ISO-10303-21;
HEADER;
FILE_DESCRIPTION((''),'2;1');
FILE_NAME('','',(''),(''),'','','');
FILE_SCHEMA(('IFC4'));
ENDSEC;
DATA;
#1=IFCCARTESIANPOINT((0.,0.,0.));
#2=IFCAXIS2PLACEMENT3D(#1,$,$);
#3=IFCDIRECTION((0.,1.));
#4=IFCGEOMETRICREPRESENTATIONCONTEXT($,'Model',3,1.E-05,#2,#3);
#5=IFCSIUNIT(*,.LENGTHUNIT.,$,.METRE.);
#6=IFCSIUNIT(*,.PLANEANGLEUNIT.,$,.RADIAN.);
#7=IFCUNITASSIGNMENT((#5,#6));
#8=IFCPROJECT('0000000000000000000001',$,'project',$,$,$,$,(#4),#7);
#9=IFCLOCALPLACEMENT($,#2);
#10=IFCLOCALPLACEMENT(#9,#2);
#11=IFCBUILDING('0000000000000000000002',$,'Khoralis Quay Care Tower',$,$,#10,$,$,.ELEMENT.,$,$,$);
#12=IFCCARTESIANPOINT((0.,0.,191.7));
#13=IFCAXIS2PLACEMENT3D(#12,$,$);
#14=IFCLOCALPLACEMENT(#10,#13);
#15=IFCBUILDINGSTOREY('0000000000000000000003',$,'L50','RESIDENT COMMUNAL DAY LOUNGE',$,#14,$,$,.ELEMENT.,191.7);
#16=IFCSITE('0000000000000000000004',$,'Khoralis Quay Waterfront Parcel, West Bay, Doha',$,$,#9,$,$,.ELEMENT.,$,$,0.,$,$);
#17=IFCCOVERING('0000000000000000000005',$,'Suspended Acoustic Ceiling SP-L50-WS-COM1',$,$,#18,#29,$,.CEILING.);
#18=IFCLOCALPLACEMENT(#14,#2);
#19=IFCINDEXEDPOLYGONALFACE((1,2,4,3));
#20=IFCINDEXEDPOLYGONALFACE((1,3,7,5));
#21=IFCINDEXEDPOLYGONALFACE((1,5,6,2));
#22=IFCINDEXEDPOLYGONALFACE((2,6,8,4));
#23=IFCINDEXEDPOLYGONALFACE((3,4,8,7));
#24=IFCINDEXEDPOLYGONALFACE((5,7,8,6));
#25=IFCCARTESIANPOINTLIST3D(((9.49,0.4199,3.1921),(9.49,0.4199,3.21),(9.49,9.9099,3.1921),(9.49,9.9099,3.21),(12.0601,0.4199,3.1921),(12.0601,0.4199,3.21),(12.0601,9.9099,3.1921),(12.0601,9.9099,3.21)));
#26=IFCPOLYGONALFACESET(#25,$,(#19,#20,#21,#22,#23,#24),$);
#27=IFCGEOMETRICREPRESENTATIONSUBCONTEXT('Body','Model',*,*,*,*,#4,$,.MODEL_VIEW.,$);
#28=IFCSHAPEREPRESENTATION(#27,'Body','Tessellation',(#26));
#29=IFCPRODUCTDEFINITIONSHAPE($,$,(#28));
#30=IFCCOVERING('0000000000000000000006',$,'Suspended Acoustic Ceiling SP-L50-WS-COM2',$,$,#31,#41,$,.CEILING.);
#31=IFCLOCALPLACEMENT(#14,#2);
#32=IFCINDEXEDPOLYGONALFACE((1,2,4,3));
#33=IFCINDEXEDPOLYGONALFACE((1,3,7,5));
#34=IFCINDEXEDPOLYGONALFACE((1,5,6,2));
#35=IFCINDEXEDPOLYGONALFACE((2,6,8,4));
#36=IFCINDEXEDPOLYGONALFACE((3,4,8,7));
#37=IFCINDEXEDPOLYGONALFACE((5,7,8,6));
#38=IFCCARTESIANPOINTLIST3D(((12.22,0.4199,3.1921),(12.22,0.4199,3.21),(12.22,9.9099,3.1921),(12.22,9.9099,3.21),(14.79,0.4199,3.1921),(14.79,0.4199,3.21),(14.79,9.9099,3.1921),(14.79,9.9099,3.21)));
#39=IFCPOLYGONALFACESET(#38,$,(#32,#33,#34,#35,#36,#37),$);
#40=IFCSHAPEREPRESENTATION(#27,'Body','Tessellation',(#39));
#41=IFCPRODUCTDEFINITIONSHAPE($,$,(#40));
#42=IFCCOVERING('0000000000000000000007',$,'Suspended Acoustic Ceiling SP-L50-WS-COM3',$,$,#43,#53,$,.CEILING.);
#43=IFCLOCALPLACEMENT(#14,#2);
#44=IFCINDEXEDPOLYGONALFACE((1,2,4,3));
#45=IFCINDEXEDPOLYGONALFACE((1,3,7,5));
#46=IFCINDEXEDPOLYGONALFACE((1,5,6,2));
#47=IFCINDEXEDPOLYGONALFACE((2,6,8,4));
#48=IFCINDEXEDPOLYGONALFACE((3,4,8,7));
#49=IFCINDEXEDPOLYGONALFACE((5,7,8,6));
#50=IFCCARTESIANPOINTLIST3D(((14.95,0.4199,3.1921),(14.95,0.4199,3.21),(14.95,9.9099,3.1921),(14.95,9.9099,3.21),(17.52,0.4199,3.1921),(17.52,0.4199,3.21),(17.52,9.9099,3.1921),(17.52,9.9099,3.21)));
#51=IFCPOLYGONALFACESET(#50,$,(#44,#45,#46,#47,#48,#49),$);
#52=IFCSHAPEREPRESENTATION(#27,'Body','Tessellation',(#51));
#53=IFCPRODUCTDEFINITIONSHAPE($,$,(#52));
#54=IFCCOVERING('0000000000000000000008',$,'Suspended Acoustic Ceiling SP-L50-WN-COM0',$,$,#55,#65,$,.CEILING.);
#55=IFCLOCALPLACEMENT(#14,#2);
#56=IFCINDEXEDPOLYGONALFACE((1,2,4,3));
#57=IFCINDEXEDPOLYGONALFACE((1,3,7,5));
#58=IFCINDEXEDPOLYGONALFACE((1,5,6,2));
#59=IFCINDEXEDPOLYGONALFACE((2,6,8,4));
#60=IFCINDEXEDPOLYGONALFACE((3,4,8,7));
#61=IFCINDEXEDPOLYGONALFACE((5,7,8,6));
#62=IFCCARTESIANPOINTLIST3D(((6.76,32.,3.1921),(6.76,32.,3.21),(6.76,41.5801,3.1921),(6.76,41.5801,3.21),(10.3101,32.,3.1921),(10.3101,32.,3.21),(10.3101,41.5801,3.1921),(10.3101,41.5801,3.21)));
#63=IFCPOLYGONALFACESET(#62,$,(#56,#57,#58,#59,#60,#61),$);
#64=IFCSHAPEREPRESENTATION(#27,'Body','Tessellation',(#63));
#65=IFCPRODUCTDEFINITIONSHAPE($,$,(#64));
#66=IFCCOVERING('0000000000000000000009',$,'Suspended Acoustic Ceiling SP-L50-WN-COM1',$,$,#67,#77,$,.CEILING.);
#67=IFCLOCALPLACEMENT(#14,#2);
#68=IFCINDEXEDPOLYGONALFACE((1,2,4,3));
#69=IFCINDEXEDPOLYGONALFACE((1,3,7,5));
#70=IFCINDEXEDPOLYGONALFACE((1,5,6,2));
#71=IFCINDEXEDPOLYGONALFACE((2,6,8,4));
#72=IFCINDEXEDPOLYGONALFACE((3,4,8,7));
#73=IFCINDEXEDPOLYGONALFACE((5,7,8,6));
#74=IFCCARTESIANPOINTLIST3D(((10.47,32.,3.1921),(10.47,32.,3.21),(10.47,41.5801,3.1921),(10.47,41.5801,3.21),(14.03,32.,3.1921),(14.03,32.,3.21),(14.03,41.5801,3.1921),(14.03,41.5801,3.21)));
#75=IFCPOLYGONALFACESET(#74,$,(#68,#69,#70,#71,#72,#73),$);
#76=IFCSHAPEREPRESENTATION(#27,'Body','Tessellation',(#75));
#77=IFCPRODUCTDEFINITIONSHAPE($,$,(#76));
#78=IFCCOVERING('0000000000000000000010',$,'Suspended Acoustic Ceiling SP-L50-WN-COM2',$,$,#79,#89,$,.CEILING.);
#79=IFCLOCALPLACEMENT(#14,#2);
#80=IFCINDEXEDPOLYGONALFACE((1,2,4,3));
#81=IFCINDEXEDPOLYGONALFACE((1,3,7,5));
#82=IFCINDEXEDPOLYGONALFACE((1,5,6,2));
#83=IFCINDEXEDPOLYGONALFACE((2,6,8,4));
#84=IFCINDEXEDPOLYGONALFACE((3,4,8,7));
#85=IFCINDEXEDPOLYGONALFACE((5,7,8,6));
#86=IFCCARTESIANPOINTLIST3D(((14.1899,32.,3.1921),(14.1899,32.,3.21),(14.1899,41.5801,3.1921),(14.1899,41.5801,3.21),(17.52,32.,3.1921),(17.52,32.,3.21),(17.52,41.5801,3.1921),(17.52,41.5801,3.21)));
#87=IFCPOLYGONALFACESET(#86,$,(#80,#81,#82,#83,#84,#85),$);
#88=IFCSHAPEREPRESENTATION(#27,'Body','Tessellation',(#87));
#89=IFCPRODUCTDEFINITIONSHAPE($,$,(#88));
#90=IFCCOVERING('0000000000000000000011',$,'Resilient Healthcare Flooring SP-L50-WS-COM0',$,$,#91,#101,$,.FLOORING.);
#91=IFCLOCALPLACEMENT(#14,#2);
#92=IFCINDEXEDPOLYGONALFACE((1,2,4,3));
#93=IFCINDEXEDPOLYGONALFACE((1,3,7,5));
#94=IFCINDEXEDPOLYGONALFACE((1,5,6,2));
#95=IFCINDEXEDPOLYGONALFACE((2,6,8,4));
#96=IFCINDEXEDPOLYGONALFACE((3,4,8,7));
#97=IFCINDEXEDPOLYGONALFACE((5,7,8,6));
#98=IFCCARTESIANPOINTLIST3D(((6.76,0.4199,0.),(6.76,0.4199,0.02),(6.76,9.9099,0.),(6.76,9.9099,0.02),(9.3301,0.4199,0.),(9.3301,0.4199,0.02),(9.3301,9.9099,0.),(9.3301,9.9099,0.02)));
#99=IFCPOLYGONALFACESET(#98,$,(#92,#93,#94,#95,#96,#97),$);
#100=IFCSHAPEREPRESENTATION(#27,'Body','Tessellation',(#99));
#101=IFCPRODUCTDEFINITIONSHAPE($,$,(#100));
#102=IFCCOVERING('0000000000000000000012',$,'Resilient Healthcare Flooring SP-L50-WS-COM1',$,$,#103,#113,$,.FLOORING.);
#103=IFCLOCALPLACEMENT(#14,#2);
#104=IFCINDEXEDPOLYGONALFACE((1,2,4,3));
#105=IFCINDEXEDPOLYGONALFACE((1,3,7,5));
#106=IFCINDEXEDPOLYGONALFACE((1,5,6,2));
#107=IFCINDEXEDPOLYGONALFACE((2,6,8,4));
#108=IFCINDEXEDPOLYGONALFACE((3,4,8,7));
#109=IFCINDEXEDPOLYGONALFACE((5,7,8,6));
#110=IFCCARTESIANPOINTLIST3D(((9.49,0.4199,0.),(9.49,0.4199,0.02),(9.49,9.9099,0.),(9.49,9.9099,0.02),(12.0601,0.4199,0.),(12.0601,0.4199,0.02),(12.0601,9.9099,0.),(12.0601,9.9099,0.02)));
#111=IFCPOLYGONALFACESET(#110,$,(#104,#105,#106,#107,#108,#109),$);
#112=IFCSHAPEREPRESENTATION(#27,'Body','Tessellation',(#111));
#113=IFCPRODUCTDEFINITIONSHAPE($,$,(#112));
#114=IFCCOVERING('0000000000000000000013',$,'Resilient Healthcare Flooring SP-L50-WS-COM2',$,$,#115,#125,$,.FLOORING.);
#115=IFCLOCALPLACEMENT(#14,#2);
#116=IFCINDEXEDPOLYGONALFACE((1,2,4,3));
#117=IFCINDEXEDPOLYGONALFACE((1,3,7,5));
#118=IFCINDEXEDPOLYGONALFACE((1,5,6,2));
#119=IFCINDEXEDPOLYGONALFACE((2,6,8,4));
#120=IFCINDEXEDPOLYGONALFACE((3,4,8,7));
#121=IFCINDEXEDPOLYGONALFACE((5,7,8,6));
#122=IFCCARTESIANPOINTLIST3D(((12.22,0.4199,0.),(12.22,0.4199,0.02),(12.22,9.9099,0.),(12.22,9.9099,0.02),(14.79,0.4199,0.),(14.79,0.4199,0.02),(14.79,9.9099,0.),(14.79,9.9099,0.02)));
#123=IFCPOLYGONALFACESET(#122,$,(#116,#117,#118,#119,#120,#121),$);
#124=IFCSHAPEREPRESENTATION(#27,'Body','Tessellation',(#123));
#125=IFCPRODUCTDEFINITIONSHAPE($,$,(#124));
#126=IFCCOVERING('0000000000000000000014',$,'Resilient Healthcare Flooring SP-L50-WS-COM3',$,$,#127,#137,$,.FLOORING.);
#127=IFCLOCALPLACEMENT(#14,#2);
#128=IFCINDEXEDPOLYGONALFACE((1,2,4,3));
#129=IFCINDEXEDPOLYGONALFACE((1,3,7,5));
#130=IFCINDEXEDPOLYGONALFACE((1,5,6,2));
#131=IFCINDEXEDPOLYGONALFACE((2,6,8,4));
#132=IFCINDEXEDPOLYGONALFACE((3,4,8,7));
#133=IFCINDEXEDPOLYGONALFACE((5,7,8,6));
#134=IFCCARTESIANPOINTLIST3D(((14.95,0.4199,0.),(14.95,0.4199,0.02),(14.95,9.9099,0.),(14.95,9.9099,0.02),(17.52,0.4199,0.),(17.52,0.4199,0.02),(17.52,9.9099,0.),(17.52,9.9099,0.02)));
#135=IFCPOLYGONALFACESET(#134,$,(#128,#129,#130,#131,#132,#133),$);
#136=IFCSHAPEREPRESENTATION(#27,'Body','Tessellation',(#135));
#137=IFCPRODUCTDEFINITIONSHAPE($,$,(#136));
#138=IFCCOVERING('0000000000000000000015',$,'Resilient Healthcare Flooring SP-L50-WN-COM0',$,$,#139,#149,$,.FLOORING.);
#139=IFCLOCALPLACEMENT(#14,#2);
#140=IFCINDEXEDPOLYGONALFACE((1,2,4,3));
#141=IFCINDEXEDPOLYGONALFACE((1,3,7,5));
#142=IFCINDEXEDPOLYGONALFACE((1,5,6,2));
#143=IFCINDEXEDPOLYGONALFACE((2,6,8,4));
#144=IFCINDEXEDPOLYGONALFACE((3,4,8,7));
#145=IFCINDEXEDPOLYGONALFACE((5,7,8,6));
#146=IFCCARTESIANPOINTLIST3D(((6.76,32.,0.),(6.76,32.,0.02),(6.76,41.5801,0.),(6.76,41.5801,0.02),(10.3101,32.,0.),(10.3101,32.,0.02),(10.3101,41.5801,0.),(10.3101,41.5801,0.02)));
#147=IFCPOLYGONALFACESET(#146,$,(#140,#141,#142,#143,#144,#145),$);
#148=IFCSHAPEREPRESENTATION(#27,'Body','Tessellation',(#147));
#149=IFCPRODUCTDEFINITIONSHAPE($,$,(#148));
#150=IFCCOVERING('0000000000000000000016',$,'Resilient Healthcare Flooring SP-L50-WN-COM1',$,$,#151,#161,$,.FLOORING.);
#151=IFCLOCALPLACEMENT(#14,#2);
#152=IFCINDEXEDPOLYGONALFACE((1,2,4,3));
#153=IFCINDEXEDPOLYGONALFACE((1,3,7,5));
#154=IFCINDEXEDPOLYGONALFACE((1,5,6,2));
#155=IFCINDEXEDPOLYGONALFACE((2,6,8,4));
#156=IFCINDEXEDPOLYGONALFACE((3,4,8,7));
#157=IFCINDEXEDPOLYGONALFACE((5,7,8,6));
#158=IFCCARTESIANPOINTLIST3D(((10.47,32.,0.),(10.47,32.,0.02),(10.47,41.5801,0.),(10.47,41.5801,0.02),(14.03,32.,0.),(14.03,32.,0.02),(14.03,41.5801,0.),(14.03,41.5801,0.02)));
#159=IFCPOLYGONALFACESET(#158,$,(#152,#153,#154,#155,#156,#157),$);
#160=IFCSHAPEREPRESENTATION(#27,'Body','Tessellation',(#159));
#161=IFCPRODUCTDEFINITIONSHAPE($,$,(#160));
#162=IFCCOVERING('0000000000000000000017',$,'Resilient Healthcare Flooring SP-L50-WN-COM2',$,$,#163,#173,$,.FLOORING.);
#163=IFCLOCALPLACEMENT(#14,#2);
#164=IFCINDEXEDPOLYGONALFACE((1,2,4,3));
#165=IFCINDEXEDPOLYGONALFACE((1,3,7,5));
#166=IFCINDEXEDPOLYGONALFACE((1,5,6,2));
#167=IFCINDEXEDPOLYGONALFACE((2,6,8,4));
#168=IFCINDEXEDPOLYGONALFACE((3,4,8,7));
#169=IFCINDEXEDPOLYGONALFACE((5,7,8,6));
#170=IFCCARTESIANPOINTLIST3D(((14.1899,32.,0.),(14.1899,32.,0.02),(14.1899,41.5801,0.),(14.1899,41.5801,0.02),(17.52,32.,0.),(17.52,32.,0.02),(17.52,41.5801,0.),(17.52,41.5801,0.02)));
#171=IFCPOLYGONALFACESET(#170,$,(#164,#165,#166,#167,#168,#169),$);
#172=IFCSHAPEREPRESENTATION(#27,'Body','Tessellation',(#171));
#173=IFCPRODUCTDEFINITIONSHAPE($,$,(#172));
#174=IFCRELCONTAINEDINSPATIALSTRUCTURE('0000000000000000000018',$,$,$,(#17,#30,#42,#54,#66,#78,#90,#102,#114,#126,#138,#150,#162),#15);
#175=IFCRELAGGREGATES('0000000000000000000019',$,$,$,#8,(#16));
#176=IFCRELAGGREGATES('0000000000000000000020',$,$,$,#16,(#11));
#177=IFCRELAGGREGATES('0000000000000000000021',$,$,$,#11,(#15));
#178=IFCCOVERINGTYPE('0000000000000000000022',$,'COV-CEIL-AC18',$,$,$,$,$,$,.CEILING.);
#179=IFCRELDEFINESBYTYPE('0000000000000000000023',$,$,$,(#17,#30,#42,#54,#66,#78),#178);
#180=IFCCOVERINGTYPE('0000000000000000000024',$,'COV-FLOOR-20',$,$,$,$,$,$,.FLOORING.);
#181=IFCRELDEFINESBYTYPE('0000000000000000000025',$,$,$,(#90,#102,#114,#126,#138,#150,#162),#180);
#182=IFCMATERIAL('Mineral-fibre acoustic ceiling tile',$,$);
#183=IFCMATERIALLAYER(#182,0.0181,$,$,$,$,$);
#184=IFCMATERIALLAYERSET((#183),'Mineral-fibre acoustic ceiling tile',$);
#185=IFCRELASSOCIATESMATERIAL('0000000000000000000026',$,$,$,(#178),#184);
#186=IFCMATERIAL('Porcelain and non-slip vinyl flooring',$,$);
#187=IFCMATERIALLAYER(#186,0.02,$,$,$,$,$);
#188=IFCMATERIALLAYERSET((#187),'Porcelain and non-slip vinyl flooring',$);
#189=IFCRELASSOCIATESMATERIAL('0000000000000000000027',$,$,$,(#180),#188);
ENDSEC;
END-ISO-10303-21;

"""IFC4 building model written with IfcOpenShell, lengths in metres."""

from ifc_helpers import new_model, si_unit, direction, frame, origin, place, context, subcontext, project, spatial, polyline, outline, extrude, material, layer, layer_set, type_object, element, save


model = new_model("IFC4")

# Units and contexts
model_context = context("Model", 3, precision=1e-05, world=origin(), true_north=direction((0.0, 1.0)))
body_context = subcontext(model_context, "Body", "Model", "MODEL_VIEW")
ifc_project = project(units=[si_unit("LENGTHUNIT", "METRE"), si_unit("PLANEANGLEUNIT", "RADIAN")], contexts=[model_context])

# Site, building, storey
site_placement = place(None, origin())
site = spatial("IfcSite", under=ifc_project, at=site_placement, Name="Khoralis Quay Waterfront Parcel, West Bay, Doha", CompositionType="ELEMENT", RefElevation=0.0)
building_placement = place(site_placement, origin())
building = spatial("IfcBuilding", under=site, at=building_placement, Name="Khoralis Quay Care Tower", CompositionType="ELEMENT")
storey_placement = place(building_placement, frame((0.0, 0.0, 191.7)))
storey = spatial("IfcBuildingStorey", under=building, at=storey_placement, Name="L50", Description="RESIDENT COMMUNAL DAY LOUNGE", CompositionType="ELEMENT", Elevation=191.7)

# Coverings
ifc_material_1 = material(Name="Mineral-fibre acoustic ceiling tile")
ifc_layer_1 = layer(ifc_material_1, 0.0181)
ifc_layer_set_1 = layer_set([ifc_layer_1], Name="Mineral-fibre acoustic ceiling tile")
covering_type_1 = type_object("IfcCoveringType", Name="COV-CEIL-AC18", PredefinedType="CEILING", material=ifc_layer_set_1)
covering_1_placement = place(storey_placement, frame((0.0, 0.0, 3.1921)))
element("IfcCovering", 1, at=covering_1_placement, inside=storey, type_object=covering_type_1, Name="Suspended Acoustic Ceiling SP-L50-WS-COM1", PredefinedType="CEILING", context=body_context, shape_type="SweptSolid", body=[
    extrude(outline(polyline([(9.49, 0.4199), (12.0601, 0.4199), (12.0601, 9.9099), (9.49, 9.9099), (9.49, 0.4199)])), origin(), (0.0, 0.0, 1.0), 0.0178),
])
covering_2_placement = place(storey_placement, frame((0.0, 0.0, 3.1921)))
element("IfcCovering", 2, at=covering_2_placement, inside=storey, type_object=covering_type_1, Name="Suspended Acoustic Ceiling SP-L50-WS-COM2", PredefinedType="CEILING", context=body_context, shape_type="SweptSolid", body=[
    extrude(outline(polyline([(12.22, 0.4199), (14.79, 0.4199), (14.79, 9.9099), (12.22, 9.9099), (12.22, 0.4199)])), origin(), (0.0, 0.0, 1.0), 0.0178),
])
covering_3_placement = place(storey_placement, frame((0.0, 0.0, 3.1921)))
element("IfcCovering", 3, at=covering_3_placement, inside=storey, type_object=covering_type_1, Name="Suspended Acoustic Ceiling SP-L50-WS-COM3", PredefinedType="CEILING", context=body_context, shape_type="SweptSolid", body=[
    extrude(outline(polyline([(14.95, 0.4199), (17.52, 0.4199), (17.52, 9.9099), (14.95, 9.9099), (14.95, 0.4199)])), origin(), (0.0, 0.0, 1.0), 0.0178),
])
covering_4_placement = place(storey_placement, frame((0.0, 0.0, 3.1921)))
element("IfcCovering", 4, at=covering_4_placement, inside=storey, type_object=covering_type_1, Name="Suspended Acoustic Ceiling SP-L50-WN-COM0", PredefinedType="CEILING", context=body_context, shape_type="SweptSolid", body=[
    extrude(outline(polyline([(6.76, 32.0), (10.3101, 32.0), (10.3101, 41.5801), (6.76, 41.5801), (6.76, 32.0)])), origin(), (0.0, 0.0, 1.0), 0.0178),
])
covering_5_placement = place(storey_placement, frame((0.0, 0.0, 3.1921)))
element("IfcCovering", 5, at=covering_5_placement, inside=storey, type_object=covering_type_1, Name="Suspended Acoustic Ceiling SP-L50-WN-COM1", PredefinedType="CEILING", context=body_context, shape_type="SweptSolid", body=[
    extrude(outline(polyline([(10.47, 32.0), (14.03, 32.0), (14.03, 41.5801), (10.47, 41.5801), (10.47, 32.0)])), origin(), (0.0, 0.0, 1.0), 0.0178),
])
covering_6_placement = place(storey_placement, frame((0.0, 0.0, 3.1921)))
element("IfcCovering", 6, at=covering_6_placement, inside=storey, type_object=covering_type_1, Name="Suspended Acoustic Ceiling SP-L50-WN-COM2", PredefinedType="CEILING", context=body_context, shape_type="SweptSolid", body=[
    extrude(outline(polyline([(14.1899, 32.0), (17.52, 32.0), (17.52, 41.5801), (14.1899, 41.5801), (14.1899, 32.0)])), origin(), (0.0, 0.0, 1.0), 0.0178),
])
ifc_material_2 = material(Name="Porcelain and non-slip vinyl flooring")
ifc_layer_2 = layer(ifc_material_2, 0.02)
ifc_layer_set_2 = layer_set([ifc_layer_2], Name="Porcelain and non-slip vinyl flooring")
covering_type_2 = type_object("IfcCoveringType", Name="COV-FLOOR-20", PredefinedType="FLOORING", material=ifc_layer_set_2)
covering_7_placement = place(storey_placement, origin())
element("IfcCovering", 7, at=covering_7_placement, inside=storey, type_object=covering_type_2, Name="Resilient Healthcare Flooring SP-L50-WS-COM0", PredefinedType="FLOORING", context=body_context, shape_type="SweptSolid", body=[
    extrude(outline(polyline([(6.76, 0.4199), (9.3301, 0.4199), (9.3301, 9.9099), (6.76, 9.9099), (6.76, 0.4199)])), origin(), (0.0, 0.0, 1.0), 0.02),
])
covering_8_placement = place(storey_placement, origin())
element("IfcCovering", 8, at=covering_8_placement, inside=storey, type_object=covering_type_2, Name="Resilient Healthcare Flooring SP-L50-WS-COM1", PredefinedType="FLOORING", context=body_context, shape_type="SweptSolid", body=[
    extrude(outline(polyline([(9.49, 0.4199), (12.0601, 0.4199), (12.0601, 9.9099), (9.49, 9.9099), (9.49, 0.4199)])), origin(), (0.0, 0.0, 1.0), 0.02),
])
covering_9_placement = place(storey_placement, origin())
element("IfcCovering", 9, at=covering_9_placement, inside=storey, type_object=covering_type_2, Name="Resilient Healthcare Flooring SP-L50-WS-COM2", PredefinedType="FLOORING", context=body_context, shape_type="SweptSolid", body=[
    extrude(outline(polyline([(12.22, 0.4199), (14.79, 0.4199), (14.79, 9.9099), (12.22, 9.9099), (12.22, 0.4199)])), origin(), (0.0, 0.0, 1.0), 0.02),
])
covering_10_placement = place(storey_placement, origin())
element("IfcCovering", 10, at=covering_10_placement, inside=storey, type_object=covering_type_2, Name="Resilient Healthcare Flooring SP-L50-WS-COM3", PredefinedType="FLOORING", context=body_context, shape_type="SweptSolid", body=[
    extrude(outline(polyline([(14.95, 0.4199), (17.52, 0.4199), (17.52, 9.9099), (14.95, 9.9099), (14.95, 0.4199)])), origin(), (0.0, 0.0, 1.0), 0.02),
])
covering_11_placement = place(storey_placement, origin())
element("IfcCovering", 11, at=covering_11_placement, inside=storey, type_object=covering_type_2, Name="Resilient Healthcare Flooring SP-L50-WN-COM0", PredefinedType="FLOORING", context=body_context, shape_type="SweptSolid", body=[
    extrude(outline(polyline([(6.76, 32.0), (10.3101, 32.0), (10.3101, 41.5801), (6.76, 41.5801), (6.76, 32.0)])), origin(), (0.0, 0.0, 1.0), 0.02),
])
covering_12_placement = place(storey_placement, origin())
element("IfcCovering", 12, at=covering_12_placement, inside=storey, type_object=covering_type_2, Name="Resilient Healthcare Flooring SP-L50-WN-COM1", PredefinedType="FLOORING", context=body_context, shape_type="SweptSolid", body=[
    extrude(outline(polyline([(10.47, 32.0), (14.03, 32.0), (14.03, 41.5801), (10.47, 41.5801), (10.47, 32.0)])), origin(), (0.0, 0.0, 1.0), 0.02),
])
covering_13_placement = place(storey_placement, origin())
element("IfcCovering", 13, at=covering_13_placement, inside=storey, type_object=covering_type_2, Name="Resilient Healthcare Flooring SP-L50-WN-COM2", PredefinedType="FLOORING", context=body_context, shape_type="SweptSolid", body=[
    extrude(outline(polyline([(14.1899, 32.0), (17.52, 32.0), (17.52, 41.5801), (14.1899, 41.5801), (14.1899, 32.0)])), origin(), (0.0, 0.0, 1.0), 0.02),
])

save(model, "model.ifc")
